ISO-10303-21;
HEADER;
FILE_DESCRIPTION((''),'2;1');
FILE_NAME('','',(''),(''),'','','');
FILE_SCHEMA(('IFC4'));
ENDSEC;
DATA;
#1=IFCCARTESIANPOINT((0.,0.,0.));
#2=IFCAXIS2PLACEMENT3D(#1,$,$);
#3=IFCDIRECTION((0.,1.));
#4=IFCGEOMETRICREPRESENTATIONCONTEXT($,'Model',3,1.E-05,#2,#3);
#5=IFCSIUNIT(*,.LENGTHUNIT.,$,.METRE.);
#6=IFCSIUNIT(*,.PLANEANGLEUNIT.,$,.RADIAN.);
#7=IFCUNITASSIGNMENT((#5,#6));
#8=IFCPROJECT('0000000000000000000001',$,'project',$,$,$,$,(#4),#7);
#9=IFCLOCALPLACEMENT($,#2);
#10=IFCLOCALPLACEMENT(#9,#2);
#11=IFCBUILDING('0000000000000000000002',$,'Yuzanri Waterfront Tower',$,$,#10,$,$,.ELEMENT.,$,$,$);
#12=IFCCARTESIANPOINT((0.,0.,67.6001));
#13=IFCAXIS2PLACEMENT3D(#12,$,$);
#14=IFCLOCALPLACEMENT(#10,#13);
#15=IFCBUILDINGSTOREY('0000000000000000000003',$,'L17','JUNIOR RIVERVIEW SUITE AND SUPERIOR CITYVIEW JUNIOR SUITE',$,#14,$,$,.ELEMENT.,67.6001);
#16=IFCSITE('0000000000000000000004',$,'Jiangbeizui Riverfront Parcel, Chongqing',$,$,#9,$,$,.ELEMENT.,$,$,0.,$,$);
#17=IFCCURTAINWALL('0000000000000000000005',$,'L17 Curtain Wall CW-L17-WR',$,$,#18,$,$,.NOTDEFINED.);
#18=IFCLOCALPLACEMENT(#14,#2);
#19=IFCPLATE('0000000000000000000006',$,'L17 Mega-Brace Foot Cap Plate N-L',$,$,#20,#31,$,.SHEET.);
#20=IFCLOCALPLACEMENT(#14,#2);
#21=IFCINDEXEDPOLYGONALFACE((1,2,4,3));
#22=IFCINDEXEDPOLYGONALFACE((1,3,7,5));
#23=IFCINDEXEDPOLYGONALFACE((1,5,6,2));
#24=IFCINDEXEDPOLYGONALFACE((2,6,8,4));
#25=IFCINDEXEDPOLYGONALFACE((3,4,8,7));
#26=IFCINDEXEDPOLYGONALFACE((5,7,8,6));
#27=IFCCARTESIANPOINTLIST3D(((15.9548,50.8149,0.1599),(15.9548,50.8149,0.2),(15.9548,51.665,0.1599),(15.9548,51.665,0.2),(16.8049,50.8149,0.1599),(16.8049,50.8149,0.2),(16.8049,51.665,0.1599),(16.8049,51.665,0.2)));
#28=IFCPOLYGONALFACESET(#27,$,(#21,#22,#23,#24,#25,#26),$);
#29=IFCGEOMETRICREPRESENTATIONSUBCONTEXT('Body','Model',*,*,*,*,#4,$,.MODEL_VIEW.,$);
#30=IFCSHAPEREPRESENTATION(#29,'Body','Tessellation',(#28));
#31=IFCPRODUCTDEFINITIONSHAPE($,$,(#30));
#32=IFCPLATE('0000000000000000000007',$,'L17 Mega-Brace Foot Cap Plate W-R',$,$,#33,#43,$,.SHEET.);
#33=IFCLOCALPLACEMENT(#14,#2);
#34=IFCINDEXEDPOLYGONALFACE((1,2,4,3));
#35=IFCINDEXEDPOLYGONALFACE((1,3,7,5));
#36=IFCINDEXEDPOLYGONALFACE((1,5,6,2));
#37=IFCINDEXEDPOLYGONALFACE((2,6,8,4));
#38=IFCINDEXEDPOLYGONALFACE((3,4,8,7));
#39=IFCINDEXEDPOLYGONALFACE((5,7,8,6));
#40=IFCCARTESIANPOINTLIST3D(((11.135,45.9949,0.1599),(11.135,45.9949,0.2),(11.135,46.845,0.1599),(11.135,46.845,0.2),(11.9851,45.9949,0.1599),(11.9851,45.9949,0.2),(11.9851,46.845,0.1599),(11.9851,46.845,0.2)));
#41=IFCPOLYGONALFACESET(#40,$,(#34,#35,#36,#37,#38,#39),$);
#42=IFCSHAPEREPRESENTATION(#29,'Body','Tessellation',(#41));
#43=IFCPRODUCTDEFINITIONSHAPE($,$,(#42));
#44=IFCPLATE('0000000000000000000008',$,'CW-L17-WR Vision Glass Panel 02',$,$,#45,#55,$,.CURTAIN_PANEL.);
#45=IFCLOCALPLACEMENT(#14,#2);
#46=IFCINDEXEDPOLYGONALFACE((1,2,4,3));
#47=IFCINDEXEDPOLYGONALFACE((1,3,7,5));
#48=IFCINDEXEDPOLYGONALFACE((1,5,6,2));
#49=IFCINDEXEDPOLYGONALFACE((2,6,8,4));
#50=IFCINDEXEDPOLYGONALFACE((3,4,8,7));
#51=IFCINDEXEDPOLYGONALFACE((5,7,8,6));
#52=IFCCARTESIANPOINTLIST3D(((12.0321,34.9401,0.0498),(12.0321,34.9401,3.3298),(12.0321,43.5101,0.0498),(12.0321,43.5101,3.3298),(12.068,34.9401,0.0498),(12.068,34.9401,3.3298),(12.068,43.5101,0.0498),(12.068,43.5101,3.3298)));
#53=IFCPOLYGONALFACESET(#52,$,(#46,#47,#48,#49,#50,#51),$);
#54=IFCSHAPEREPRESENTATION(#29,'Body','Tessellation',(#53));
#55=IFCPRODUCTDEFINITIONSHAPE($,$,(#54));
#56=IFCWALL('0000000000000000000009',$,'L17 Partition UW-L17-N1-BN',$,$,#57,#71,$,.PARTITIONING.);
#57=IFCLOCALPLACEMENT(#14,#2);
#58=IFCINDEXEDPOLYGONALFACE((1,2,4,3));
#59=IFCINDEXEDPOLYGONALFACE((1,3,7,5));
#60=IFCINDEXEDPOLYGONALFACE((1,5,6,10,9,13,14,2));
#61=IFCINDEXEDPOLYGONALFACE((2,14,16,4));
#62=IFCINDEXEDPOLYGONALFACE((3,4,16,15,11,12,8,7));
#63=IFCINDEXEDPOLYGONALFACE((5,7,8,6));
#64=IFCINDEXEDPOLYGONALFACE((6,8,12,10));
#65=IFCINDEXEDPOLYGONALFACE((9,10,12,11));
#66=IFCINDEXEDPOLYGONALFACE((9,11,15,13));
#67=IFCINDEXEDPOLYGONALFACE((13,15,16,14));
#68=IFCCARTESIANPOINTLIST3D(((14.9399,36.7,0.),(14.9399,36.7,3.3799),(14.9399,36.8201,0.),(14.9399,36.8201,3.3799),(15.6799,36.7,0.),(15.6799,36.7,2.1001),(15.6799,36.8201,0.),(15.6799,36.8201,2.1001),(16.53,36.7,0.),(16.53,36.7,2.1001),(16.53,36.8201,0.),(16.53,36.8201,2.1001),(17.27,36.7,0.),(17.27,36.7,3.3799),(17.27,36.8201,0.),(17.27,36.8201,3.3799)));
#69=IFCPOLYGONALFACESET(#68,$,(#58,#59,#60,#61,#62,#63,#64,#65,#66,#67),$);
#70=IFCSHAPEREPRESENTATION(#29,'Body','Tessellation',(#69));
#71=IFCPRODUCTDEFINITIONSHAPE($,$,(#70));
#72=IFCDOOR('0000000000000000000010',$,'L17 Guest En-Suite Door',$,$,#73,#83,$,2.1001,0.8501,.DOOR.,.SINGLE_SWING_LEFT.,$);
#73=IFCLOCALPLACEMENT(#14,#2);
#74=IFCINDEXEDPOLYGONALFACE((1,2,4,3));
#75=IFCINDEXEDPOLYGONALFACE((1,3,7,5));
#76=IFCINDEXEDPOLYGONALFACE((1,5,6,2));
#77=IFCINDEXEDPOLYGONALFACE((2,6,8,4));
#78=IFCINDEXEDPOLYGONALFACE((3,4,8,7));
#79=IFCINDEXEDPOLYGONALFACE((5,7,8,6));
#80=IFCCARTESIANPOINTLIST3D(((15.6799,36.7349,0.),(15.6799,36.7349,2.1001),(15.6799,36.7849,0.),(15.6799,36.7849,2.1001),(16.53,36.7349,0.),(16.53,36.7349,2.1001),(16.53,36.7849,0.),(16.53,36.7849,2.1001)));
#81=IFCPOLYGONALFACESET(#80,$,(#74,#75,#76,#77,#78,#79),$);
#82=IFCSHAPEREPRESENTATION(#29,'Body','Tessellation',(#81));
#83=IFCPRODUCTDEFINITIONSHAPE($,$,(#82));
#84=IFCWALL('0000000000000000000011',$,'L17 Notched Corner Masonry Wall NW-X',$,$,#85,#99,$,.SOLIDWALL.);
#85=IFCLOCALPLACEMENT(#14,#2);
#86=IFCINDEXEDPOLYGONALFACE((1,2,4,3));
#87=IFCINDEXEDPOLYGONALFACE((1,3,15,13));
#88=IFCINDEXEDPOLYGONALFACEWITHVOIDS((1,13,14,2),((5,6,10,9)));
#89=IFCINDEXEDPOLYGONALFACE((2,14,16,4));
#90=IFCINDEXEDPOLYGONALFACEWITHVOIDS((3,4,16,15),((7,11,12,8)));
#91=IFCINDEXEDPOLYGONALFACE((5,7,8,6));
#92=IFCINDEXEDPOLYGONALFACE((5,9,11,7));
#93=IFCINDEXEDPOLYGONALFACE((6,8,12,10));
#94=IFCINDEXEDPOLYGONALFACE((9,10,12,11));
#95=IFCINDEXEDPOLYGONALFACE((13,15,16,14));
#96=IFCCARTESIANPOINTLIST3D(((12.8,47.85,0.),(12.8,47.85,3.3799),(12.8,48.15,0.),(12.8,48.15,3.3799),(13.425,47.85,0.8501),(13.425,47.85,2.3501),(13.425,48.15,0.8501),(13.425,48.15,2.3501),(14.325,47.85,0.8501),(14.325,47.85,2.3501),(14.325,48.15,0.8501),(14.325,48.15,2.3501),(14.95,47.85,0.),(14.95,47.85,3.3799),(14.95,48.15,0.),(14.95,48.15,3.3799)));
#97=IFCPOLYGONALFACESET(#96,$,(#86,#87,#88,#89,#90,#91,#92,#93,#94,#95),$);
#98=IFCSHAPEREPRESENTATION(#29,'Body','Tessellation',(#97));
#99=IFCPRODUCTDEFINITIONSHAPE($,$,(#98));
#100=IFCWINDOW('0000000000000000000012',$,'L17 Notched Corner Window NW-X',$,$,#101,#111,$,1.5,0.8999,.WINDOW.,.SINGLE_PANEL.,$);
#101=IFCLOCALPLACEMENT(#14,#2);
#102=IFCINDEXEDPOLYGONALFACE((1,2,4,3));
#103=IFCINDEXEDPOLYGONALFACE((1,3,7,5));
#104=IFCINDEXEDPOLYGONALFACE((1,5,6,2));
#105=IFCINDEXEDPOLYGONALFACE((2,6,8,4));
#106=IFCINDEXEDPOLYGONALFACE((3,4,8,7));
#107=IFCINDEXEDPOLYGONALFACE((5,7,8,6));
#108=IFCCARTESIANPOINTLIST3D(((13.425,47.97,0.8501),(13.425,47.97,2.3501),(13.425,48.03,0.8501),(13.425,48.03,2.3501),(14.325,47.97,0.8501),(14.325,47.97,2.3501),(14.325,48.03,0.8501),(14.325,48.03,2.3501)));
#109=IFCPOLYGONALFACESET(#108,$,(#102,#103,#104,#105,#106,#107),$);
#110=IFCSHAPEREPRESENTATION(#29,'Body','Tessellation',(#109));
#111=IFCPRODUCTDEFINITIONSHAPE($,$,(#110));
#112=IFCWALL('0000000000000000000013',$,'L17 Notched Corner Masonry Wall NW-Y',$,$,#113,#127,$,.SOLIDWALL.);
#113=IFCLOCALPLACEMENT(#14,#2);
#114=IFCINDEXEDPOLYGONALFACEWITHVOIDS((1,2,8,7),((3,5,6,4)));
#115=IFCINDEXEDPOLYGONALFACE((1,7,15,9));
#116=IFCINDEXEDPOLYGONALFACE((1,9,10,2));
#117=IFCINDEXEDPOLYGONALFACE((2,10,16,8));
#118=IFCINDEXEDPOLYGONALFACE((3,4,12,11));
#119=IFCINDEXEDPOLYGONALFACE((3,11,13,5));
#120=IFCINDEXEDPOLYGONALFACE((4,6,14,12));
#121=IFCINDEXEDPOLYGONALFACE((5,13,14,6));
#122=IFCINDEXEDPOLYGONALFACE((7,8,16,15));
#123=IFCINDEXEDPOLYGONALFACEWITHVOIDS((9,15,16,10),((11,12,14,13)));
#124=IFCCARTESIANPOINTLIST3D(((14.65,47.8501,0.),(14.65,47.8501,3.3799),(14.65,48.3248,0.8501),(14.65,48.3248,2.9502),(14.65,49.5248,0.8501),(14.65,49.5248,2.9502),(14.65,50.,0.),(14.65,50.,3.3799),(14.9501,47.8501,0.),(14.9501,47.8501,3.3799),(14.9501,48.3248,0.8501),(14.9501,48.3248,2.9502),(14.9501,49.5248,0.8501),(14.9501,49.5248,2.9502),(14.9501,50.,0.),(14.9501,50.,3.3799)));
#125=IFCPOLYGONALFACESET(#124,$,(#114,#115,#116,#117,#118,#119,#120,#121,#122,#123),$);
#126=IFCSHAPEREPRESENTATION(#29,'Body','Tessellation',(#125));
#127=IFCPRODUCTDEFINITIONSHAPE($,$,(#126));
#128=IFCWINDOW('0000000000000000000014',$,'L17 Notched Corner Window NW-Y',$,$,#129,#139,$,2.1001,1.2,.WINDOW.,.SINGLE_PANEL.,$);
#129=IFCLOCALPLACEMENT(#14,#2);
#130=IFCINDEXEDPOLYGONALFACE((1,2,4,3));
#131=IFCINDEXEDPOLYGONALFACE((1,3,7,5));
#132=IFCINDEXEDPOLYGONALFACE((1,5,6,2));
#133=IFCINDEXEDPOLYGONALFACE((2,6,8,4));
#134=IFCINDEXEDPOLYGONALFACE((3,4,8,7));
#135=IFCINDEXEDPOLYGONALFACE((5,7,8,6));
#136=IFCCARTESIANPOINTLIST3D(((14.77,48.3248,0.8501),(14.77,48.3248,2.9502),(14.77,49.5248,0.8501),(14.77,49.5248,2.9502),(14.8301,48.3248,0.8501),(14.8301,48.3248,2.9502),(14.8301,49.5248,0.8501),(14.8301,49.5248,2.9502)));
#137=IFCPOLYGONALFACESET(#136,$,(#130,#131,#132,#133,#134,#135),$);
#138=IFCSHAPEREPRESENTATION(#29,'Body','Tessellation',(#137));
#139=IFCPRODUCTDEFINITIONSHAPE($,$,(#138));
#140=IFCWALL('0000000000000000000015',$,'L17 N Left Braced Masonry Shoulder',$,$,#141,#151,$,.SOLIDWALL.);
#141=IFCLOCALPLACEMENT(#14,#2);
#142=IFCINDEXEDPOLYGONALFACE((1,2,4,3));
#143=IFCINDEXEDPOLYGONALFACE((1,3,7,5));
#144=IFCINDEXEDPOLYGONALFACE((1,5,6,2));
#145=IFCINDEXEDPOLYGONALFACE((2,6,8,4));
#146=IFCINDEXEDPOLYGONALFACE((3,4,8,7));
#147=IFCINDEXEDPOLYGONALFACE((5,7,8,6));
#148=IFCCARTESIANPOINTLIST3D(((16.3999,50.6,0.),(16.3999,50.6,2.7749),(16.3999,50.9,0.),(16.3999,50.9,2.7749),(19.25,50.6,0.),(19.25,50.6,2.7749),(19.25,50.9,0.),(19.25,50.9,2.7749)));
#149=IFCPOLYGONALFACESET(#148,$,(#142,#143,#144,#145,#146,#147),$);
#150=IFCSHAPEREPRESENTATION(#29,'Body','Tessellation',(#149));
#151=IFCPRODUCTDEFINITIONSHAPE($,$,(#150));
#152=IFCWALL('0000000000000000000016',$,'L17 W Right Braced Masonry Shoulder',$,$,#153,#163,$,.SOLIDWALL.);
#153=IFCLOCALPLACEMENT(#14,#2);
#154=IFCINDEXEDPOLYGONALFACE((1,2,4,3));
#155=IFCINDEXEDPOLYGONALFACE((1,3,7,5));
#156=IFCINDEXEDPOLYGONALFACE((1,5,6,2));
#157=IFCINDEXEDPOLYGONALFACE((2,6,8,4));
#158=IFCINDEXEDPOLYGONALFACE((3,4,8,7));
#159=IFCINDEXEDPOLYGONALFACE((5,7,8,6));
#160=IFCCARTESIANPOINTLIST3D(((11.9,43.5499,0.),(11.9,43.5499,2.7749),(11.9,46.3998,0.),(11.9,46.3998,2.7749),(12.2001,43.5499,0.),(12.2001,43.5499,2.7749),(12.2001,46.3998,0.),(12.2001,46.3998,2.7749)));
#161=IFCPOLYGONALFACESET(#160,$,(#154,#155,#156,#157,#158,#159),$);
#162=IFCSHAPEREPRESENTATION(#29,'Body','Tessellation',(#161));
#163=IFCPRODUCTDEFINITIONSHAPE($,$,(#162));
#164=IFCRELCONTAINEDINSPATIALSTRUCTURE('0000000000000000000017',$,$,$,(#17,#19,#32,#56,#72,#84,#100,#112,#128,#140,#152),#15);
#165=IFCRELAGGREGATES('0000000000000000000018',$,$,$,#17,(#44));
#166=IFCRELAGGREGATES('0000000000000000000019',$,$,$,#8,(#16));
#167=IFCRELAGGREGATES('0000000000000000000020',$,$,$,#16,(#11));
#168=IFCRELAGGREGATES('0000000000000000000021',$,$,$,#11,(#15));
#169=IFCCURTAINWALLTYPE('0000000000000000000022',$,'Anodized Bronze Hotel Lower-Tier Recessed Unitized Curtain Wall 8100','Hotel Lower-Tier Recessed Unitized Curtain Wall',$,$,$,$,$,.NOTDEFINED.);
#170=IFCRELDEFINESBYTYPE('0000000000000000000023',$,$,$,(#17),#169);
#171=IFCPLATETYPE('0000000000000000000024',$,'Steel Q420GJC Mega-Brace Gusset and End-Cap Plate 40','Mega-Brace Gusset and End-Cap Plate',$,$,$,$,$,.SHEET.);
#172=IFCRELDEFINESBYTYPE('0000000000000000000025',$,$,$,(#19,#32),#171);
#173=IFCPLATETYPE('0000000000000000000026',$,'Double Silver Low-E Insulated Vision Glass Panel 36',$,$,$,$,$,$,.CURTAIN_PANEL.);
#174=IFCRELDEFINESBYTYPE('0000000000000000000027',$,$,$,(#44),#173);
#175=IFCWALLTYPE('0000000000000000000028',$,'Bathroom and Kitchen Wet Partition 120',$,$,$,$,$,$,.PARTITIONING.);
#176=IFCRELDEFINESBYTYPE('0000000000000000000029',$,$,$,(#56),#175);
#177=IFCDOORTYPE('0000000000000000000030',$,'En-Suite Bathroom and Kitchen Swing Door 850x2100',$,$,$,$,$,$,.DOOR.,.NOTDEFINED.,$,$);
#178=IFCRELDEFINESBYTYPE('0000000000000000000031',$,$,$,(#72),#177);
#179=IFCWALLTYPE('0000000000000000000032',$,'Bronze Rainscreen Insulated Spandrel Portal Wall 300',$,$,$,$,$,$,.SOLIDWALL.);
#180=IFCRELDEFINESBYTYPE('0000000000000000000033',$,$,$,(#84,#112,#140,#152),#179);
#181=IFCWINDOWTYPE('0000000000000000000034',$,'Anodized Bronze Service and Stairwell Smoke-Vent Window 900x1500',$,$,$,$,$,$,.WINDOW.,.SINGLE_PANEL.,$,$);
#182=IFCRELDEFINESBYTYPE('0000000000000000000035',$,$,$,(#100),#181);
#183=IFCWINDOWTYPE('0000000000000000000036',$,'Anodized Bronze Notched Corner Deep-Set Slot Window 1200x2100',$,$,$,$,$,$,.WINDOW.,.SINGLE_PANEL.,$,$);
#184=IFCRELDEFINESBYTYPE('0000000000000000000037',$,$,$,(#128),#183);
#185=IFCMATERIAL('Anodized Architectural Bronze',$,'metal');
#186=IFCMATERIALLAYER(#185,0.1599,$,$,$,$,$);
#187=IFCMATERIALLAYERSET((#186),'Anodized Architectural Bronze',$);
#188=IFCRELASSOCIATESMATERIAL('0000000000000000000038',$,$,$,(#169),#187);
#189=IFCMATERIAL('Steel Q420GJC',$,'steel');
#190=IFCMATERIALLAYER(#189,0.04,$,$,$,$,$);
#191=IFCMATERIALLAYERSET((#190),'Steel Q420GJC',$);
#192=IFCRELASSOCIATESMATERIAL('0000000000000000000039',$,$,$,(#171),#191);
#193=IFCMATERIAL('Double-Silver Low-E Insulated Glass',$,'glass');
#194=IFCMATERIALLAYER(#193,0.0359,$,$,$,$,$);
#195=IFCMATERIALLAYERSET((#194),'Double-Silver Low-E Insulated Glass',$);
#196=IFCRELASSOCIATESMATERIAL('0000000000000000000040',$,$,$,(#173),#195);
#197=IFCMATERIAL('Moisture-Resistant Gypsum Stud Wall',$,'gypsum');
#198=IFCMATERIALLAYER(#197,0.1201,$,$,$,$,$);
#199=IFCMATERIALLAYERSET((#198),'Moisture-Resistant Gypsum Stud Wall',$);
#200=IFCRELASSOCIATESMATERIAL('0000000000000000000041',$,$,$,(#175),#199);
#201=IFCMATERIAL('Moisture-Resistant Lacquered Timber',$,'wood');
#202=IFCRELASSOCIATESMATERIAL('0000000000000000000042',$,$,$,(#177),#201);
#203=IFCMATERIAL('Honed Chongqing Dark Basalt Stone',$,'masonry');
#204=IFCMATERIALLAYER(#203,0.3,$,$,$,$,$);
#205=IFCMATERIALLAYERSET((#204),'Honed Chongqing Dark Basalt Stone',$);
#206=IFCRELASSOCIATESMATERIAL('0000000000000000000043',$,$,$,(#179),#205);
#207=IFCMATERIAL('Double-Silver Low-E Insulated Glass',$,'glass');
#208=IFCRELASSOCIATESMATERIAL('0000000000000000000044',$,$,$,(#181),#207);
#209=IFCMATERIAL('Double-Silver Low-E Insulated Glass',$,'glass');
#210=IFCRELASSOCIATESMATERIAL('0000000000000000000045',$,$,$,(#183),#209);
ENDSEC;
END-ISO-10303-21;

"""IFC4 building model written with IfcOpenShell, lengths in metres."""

from ifc_helpers import new_model, si_unit, direction, frame, frame_2d, origin, origin_2d, place, context, subcontext, project, spatial, rectangle, extrude, source, transform, mapped, material, layer, layer_set, type_object, element, fill, aggregate, save


model = new_model("IFC4")

# Units and contexts
model_context = context("Model", 3, precision=1e-05, world=origin(), true_north=direction((0.0, 1.0)))
body_context = subcontext(model_context, "Body", "Model", "MODEL_VIEW")
ifc_project = project(units=[si_unit("LENGTHUNIT", "METRE"), si_unit("PLANEANGLEUNIT", "RADIAN")], contexts=[model_context])

# Site, building, storey
site_placement = place(None, origin())
site = spatial("IfcSite", under=ifc_project, at=site_placement, Name="Jiangbeizui Riverfront Parcel, Chongqing", CompositionType="ELEMENT", RefElevation=0.0)
building_placement = place(site_placement, origin())
building = spatial("IfcBuilding", under=site, at=building_placement, Name="Yuzanri Waterfront Tower", CompositionType="ELEMENT")
storey_placement = place(building_placement, frame((0.0, 0.0, 67.6001)))
storey = spatial("IfcBuildingStorey", under=building, at=storey_placement, Name="L17", Description="JUNIOR RIVERVIEW SUITE AND SUPERIOR CITYVIEW JUNIOR SUITE", CompositionType="ELEMENT", Elevation=67.6001)

# Curtain wall
ifc_material_1 = material(Name="Anodized Architectural Bronze", Category="metal")
ifc_layer_1 = layer(ifc_material_1, 0.1599)
ifc_layer_set_1 = layer_set([ifc_layer_1], Name="Anodized Architectural Bronze")
curtain_wall_type = type_object("IfcCurtainWallType", Name="Anodized Bronze Hotel Lower-Tier Recessed Unitized Curtain Wall 8100", Description="Hotel Lower-Tier Recessed Unitized Curtain Wall", PredefinedType="NOTDEFINED", material=ifc_layer_set_1)
curtain_wall_placement = place(storey_placement, origin())
curtain_wall = element("IfcCurtainWall", 1, at=curtain_wall_placement, inside=storey, type_object=curtain_wall_type, Name="L17 Curtain Wall CW-L17-WR", PredefinedType="NOTDEFINED")

# Plates
ifc_material_2 = material(Name="Steel Q420GJC", Category="steel")
ifc_layer_2 = layer(ifc_material_2, 0.04)
ifc_layer_set_2 = layer_set([ifc_layer_2], Name="Steel Q420GJC")
plate_type_1 = type_object("IfcPlateType", Name="Steel Q420GJC Mega-Brace Gusset and End-Cap Plate 40", Description="Mega-Brace Gusset and End-Cap Plate", PredefinedType="SHEET", material=ifc_layer_set_2)
shared_shape_1 = source(origin(), body_context, "Body", "SweptSolid", [
    extrude(rectangle(XDim=0.8501, YDim=0.8501, at=origin_2d()), origin(), (0.0, 0.0, 1.0), 0.04),
])
for number, where, z_axis, x_axis, name in (
    (2, (16.3799, 51.24, 0.1599), (0.0, 0.0, 1.0), (1.0, 0.0, 0.0), "L17 Mega-Brace Foot Cap Plate N-L"),
    (3, (11.5601, 46.4199, 0.1599), (0.0, 0.0, 1.0), (1.0, 0.0, 0.0), "L17 Mega-Brace Foot Cap Plate W-R"),
):
    element("IfcPlate", number, at=place(storey_placement, frame(where, z_axis=z_axis, x_axis=x_axis)), inside=storey, type_object=plate_type_1, Name=name, PredefinedType="SHEET", context=body_context, shape_type="MappedRepresentation", body=[
        mapped(shared_shape_1, transform((0.0, 0.0, 0.0), scale=1.0)),
    ])

# Plate
ifc_material_3 = material(Name="Double-Silver Low-E Insulated Glass", Category="glass")
ifc_layer_3 = layer(ifc_material_3, 0.0359)
ifc_layer_set_3 = layer_set([ifc_layer_3], Name="Double-Silver Low-E Insulated Glass")
plate_type_2 = type_object("IfcPlateType", Name="Double Silver Low-E Insulated Vision Glass Panel 36", PredefinedType="CURTAIN_PANEL", material=ifc_layer_set_3)
shared_shape_2 = source(origin(), body_context, "Body", "SweptSolid", [
    extrude(rectangle(XDim=8.5701, YDim=0.0359, at=origin_2d()), origin(), (0.0, 0.0, 1.0), 3.28),
])
plate_placement = place(storey_placement, frame((12.05, 39.2251, 0.0498), z_axis=(0.0, 0.0, 1.0), x_axis=(0.0, 1.0, 0.0)))
plate = element("IfcPlate", 4, at=plate_placement, type_object=plate_type_2, Name="CW-L17-WR Vision Glass Panel 02", PredefinedType="CURTAIN_PANEL", context=body_context, shape_type="MappedRepresentation", body=[
    mapped(shared_shape_2, transform((0.0, 0.0, 0.0), scale=1.0)),
])
aggregate(curtain_wall, [plate])

# Wall, opening, door
ifc_material_4 = material(Name="Moisture-Resistant Gypsum Stud Wall", Category="gypsum")
ifc_layer_4 = layer(ifc_material_4, 0.1201)
ifc_layer_set_4 = layer_set([ifc_layer_4], Name="Moisture-Resistant Gypsum Stud Wall")
wall_type_1 = type_object("IfcWallType", Name="Bathroom and Kitchen Wet Partition 120", PredefinedType="PARTITIONING", material=ifc_layer_set_4)
wall_1_placement = place(storey_placement, frame((14.9399, 36.76, 0.0), z_axis=(0.0, 0.0, 1.0), x_axis=(1.0, 0.0, 0.0)))
wall_1 = element("IfcWall", 5, at=wall_1_placement, inside=storey, type_object=wall_type_1, Name="L17 Partition UW-L17-N1-BN", PredefinedType="PARTITIONING", context=body_context, shape_type="SweptSolid", body=[
    extrude(rectangle(XDim=2.3301, YDim=0.1201, at=frame_2d((1.165, 0.0))), origin(), (0.0, 0.0, 1.0), 3.3799),
])
opening_1_placement = place(wall_1_placement, frame((0.74, 0.0, 0.0)))
opening_1 = element("IfcOpeningElement", 6, at=opening_1_placement, cuts=wall_1, PredefinedType="OPENING", context=body_context, shape_type="SweptSolid", body=[
    extrude(rectangle(XDim=0.8501, YDim=2.1001, at=frame_2d((0.425, 1.05))), frame((0.0, 0.075, 0.0), z_axis=(0.0, -1.0, 0.0), x_axis=(1.0, 0.0, 0.0)), (0.0, 0.0, 1.0), 0.1499),
])
ifc_material_5 = material(Name="Moisture-Resistant Lacquered Timber", Category="wood")
door_type = type_object("IfcDoorType", Name="En-Suite Bathroom and Kitchen Swing Door 850x2100", OperationType="NOTDEFINED", PredefinedType="DOOR", material=ifc_material_5)
shared_shape_3 = source(origin(), body_context, "Body", "SweptSolid", [
    extrude(rectangle(XDim=0.8501, YDim=2.1001, at=frame_2d((0.425, 1.05))), frame((0.0, 0.0249, 0.0), z_axis=(0.0, -1.0, 0.0), x_axis=(1.0, 0.0, 0.0)), (0.0, 0.0, 1.0), 0.05),
])
door_placement = place(opening_1_placement, origin())
door = element("IfcDoor", 7, at=door_placement, inside=storey, type_object=door_type, Name="L17 Guest En-Suite Door", OperationType="SINGLE_SWING_LEFT", OverallHeight=2.1001, OverallWidth=0.8501, PredefinedType="DOOR", context=body_context, shape_type="MappedRepresentation", body=[
    mapped(shared_shape_3, transform((0.0, 0.0, 0.0), scale=1.0)),
])
fill(opening_1, door)

# Walls, openings, windows
ifc_material_6 = material(Name="Honed Chongqing Dark Basalt Stone", Category="masonry")
ifc_layer_5 = layer(ifc_material_6, 0.3)
ifc_layer_set_5 = layer_set([ifc_layer_5], Name="Honed Chongqing Dark Basalt Stone")
wall_type_2 = type_object("IfcWallType", Name="Bronze Rainscreen Insulated Spandrel Portal Wall 300", PredefinedType="SOLIDWALL", material=ifc_layer_set_5)
wall_2_placement = place(storey_placement, frame((14.95, 48.0, 0.0), z_axis=(0.0, 0.0, 1.0), x_axis=(-1.0, 0.0, 0.0)))
wall_2 = element("IfcWall", 8, at=wall_2_placement, inside=storey, type_object=wall_type_2, Name="L17 Notched Corner Masonry Wall NW-X", PredefinedType="SOLIDWALL", context=body_context, shape_type="SweptSolid", body=[
    extrude(rectangle(XDim=2.1499, YDim=0.3, at=frame_2d((1.075, 0.0))), origin(), (0.0, 0.0, 1.0), 3.3799),
])
opening_2_placement = place(wall_2_placement, frame((0.625, 0.0, 0.8501)))
opening_2 = element("IfcOpeningElement", 9, at=opening_2_placement, cuts=wall_2, PredefinedType="OPENING", context=body_context, shape_type="SweptSolid", body=[
    extrude(rectangle(XDim=0.8999, YDim=1.5, at=frame_2d((0.45, 0.75))), frame((0.0, 0.165, 0.0), z_axis=(0.0, -1.0, 0.0), x_axis=(1.0, 0.0, 0.0)), (0.0, 0.0, 1.0), 0.3298),
])
ifc_material_7 = material(Name="Double-Silver Low-E Insulated Glass", Category="glass")
window_type_1 = type_object("IfcWindowType", Name="Anodized Bronze Service and Stairwell Smoke-Vent Window 900x1500", PartitioningType="SINGLE_PANEL", PredefinedType="WINDOW", material=ifc_material_7)
shared_shape_4 = source(origin(), body_context, "Body", "SweptSolid", [
    extrude(rectangle(XDim=0.8999, YDim=1.5, at=frame_2d((0.45, 0.75))), frame((0.0, 0.03, 0.0), z_axis=(0.0, -1.0, 0.0), x_axis=(1.0, 0.0, 0.0)), (0.0, 0.0, 1.0), 0.0601),
])
window_1_placement = place(opening_2_placement, origin())
window_1 = element("IfcWindow", 10, at=window_1_placement, inside=storey, type_object=window_type_1, Name="L17 Notched Corner Window NW-X", OverallHeight=1.5, OverallWidth=0.8999, PartitioningType="SINGLE_PANEL", PredefinedType="WINDOW", context=body_context, shape_type="MappedRepresentation", body=[
    mapped(shared_shape_4, transform((0.0, 0.0, 0.0), scale=1.0)),
])
fill(opening_2, window_1)
wall_3_placement = place(storey_placement, frame((14.8, 50.0, 0.0), z_axis=(0.0, 0.0, 1.0), x_axis=(0.0, -1.0, 0.0)))
wall_3 = element("IfcWall", 11, at=wall_3_placement, inside=storey, type_object=wall_type_2, Name="L17 Notched Corner Masonry Wall NW-Y", PredefinedType="SOLIDWALL", context=body_context, shape_type="SweptSolid", body=[
    extrude(rectangle(XDim=2.1499, YDim=0.3, at=frame_2d((1.075, 0.0))), origin(), (0.0, 0.0, 1.0), 3.3799),
])
opening_3_placement = place(wall_3_placement, frame((0.4751, 0.0, 0.8501)))
opening_3 = element("IfcOpeningElement", 12, at=opening_3_placement, cuts=wall_3, PredefinedType="OPENING", context=body_context, shape_type="SweptSolid", body=[
    extrude(rectangle(XDim=1.2, YDim=2.1001, at=frame_2d((0.6001, 1.05))), frame((0.0, 0.165, 0.0), z_axis=(0.0, -1.0, 0.0), x_axis=(1.0, 0.0, 0.0)), (0.0, 0.0, 1.0), 0.3298),
])
ifc_material_8 = material(Name="Double-Silver Low-E Insulated Glass", Category="glass")
window_type_2 = type_object("IfcWindowType", Name="Anodized Bronze Notched Corner Deep-Set Slot Window 1200x2100", PartitioningType="SINGLE_PANEL", PredefinedType="WINDOW", material=ifc_material_8)
shared_shape_5 = source(origin(), body_context, "Body", "SweptSolid", [
    extrude(rectangle(XDim=1.2, YDim=2.1001, at=frame_2d((0.6001, 1.05))), frame((0.0, 0.03, 0.0), z_axis=(0.0, -1.0, 0.0), x_axis=(1.0, 0.0, 0.0)), (0.0, 0.0, 1.0), 0.0601),
])
window_2_placement = place(opening_3_placement, origin())
window_2 = element("IfcWindow", 13, at=window_2_placement, inside=storey, type_object=window_type_2, Name="L17 Notched Corner Window NW-Y", OverallHeight=2.1001, OverallWidth=1.2, PartitioningType="SINGLE_PANEL", PredefinedType="WINDOW", context=body_context, shape_type="MappedRepresentation", body=[
    mapped(shared_shape_5, transform((0.0, 0.0, 0.0), scale=1.0)),
])
fill(opening_3, window_2)

# Walls
shared_shape_6 = source(origin(), body_context, "Body", "SweptSolid", [
    extrude(rectangle(XDim=2.8501, YDim=0.3, at=frame_2d((1.425, 0.0))), origin(), (0.0, 0.0, 1.0), 2.7749),
])
wall_4_placement = place(storey_placement, frame((16.3999, 50.75, 0.0), z_axis=(0.0, 0.0, 1.0), x_axis=(1.0, 0.0, 0.0)))
element("IfcWall", 14, at=wall_4_placement, inside=storey, type_object=wall_type_2, Name="L17 N Left Braced Masonry Shoulder", PredefinedType="SOLIDWALL", context=body_context, shape_type="MappedRepresentation", body=[
    mapped(shared_shape_6, transform((0.0, 0.0, 0.0), scale=1.0)),
])
shared_shape_7 = source(origin(), body_context, "Body", "SweptSolid", [
    extrude(rectangle(XDim=2.8499, YDim=0.3, at=frame_2d((1.4248, 0.0))), origin(), (0.0, 0.0, 1.0), 2.7749),
])
wall_5_placement = place(storey_placement, frame((12.05, 43.55, 0.0), z_axis=(0.0, 0.0, 1.0), x_axis=(0.0, 1.0, 0.0)))
element("IfcWall", 15, at=wall_5_placement, inside=storey, type_object=wall_type_2, Name="L17 W Right Braced Masonry Shoulder", PredefinedType="SOLIDWALL", context=body_context, shape_type="MappedRepresentation", body=[
    mapped(shared_shape_7, transform((0.0, 0.0, 0.0), scale=1.0)),
])

save(model, "model.ifc")
